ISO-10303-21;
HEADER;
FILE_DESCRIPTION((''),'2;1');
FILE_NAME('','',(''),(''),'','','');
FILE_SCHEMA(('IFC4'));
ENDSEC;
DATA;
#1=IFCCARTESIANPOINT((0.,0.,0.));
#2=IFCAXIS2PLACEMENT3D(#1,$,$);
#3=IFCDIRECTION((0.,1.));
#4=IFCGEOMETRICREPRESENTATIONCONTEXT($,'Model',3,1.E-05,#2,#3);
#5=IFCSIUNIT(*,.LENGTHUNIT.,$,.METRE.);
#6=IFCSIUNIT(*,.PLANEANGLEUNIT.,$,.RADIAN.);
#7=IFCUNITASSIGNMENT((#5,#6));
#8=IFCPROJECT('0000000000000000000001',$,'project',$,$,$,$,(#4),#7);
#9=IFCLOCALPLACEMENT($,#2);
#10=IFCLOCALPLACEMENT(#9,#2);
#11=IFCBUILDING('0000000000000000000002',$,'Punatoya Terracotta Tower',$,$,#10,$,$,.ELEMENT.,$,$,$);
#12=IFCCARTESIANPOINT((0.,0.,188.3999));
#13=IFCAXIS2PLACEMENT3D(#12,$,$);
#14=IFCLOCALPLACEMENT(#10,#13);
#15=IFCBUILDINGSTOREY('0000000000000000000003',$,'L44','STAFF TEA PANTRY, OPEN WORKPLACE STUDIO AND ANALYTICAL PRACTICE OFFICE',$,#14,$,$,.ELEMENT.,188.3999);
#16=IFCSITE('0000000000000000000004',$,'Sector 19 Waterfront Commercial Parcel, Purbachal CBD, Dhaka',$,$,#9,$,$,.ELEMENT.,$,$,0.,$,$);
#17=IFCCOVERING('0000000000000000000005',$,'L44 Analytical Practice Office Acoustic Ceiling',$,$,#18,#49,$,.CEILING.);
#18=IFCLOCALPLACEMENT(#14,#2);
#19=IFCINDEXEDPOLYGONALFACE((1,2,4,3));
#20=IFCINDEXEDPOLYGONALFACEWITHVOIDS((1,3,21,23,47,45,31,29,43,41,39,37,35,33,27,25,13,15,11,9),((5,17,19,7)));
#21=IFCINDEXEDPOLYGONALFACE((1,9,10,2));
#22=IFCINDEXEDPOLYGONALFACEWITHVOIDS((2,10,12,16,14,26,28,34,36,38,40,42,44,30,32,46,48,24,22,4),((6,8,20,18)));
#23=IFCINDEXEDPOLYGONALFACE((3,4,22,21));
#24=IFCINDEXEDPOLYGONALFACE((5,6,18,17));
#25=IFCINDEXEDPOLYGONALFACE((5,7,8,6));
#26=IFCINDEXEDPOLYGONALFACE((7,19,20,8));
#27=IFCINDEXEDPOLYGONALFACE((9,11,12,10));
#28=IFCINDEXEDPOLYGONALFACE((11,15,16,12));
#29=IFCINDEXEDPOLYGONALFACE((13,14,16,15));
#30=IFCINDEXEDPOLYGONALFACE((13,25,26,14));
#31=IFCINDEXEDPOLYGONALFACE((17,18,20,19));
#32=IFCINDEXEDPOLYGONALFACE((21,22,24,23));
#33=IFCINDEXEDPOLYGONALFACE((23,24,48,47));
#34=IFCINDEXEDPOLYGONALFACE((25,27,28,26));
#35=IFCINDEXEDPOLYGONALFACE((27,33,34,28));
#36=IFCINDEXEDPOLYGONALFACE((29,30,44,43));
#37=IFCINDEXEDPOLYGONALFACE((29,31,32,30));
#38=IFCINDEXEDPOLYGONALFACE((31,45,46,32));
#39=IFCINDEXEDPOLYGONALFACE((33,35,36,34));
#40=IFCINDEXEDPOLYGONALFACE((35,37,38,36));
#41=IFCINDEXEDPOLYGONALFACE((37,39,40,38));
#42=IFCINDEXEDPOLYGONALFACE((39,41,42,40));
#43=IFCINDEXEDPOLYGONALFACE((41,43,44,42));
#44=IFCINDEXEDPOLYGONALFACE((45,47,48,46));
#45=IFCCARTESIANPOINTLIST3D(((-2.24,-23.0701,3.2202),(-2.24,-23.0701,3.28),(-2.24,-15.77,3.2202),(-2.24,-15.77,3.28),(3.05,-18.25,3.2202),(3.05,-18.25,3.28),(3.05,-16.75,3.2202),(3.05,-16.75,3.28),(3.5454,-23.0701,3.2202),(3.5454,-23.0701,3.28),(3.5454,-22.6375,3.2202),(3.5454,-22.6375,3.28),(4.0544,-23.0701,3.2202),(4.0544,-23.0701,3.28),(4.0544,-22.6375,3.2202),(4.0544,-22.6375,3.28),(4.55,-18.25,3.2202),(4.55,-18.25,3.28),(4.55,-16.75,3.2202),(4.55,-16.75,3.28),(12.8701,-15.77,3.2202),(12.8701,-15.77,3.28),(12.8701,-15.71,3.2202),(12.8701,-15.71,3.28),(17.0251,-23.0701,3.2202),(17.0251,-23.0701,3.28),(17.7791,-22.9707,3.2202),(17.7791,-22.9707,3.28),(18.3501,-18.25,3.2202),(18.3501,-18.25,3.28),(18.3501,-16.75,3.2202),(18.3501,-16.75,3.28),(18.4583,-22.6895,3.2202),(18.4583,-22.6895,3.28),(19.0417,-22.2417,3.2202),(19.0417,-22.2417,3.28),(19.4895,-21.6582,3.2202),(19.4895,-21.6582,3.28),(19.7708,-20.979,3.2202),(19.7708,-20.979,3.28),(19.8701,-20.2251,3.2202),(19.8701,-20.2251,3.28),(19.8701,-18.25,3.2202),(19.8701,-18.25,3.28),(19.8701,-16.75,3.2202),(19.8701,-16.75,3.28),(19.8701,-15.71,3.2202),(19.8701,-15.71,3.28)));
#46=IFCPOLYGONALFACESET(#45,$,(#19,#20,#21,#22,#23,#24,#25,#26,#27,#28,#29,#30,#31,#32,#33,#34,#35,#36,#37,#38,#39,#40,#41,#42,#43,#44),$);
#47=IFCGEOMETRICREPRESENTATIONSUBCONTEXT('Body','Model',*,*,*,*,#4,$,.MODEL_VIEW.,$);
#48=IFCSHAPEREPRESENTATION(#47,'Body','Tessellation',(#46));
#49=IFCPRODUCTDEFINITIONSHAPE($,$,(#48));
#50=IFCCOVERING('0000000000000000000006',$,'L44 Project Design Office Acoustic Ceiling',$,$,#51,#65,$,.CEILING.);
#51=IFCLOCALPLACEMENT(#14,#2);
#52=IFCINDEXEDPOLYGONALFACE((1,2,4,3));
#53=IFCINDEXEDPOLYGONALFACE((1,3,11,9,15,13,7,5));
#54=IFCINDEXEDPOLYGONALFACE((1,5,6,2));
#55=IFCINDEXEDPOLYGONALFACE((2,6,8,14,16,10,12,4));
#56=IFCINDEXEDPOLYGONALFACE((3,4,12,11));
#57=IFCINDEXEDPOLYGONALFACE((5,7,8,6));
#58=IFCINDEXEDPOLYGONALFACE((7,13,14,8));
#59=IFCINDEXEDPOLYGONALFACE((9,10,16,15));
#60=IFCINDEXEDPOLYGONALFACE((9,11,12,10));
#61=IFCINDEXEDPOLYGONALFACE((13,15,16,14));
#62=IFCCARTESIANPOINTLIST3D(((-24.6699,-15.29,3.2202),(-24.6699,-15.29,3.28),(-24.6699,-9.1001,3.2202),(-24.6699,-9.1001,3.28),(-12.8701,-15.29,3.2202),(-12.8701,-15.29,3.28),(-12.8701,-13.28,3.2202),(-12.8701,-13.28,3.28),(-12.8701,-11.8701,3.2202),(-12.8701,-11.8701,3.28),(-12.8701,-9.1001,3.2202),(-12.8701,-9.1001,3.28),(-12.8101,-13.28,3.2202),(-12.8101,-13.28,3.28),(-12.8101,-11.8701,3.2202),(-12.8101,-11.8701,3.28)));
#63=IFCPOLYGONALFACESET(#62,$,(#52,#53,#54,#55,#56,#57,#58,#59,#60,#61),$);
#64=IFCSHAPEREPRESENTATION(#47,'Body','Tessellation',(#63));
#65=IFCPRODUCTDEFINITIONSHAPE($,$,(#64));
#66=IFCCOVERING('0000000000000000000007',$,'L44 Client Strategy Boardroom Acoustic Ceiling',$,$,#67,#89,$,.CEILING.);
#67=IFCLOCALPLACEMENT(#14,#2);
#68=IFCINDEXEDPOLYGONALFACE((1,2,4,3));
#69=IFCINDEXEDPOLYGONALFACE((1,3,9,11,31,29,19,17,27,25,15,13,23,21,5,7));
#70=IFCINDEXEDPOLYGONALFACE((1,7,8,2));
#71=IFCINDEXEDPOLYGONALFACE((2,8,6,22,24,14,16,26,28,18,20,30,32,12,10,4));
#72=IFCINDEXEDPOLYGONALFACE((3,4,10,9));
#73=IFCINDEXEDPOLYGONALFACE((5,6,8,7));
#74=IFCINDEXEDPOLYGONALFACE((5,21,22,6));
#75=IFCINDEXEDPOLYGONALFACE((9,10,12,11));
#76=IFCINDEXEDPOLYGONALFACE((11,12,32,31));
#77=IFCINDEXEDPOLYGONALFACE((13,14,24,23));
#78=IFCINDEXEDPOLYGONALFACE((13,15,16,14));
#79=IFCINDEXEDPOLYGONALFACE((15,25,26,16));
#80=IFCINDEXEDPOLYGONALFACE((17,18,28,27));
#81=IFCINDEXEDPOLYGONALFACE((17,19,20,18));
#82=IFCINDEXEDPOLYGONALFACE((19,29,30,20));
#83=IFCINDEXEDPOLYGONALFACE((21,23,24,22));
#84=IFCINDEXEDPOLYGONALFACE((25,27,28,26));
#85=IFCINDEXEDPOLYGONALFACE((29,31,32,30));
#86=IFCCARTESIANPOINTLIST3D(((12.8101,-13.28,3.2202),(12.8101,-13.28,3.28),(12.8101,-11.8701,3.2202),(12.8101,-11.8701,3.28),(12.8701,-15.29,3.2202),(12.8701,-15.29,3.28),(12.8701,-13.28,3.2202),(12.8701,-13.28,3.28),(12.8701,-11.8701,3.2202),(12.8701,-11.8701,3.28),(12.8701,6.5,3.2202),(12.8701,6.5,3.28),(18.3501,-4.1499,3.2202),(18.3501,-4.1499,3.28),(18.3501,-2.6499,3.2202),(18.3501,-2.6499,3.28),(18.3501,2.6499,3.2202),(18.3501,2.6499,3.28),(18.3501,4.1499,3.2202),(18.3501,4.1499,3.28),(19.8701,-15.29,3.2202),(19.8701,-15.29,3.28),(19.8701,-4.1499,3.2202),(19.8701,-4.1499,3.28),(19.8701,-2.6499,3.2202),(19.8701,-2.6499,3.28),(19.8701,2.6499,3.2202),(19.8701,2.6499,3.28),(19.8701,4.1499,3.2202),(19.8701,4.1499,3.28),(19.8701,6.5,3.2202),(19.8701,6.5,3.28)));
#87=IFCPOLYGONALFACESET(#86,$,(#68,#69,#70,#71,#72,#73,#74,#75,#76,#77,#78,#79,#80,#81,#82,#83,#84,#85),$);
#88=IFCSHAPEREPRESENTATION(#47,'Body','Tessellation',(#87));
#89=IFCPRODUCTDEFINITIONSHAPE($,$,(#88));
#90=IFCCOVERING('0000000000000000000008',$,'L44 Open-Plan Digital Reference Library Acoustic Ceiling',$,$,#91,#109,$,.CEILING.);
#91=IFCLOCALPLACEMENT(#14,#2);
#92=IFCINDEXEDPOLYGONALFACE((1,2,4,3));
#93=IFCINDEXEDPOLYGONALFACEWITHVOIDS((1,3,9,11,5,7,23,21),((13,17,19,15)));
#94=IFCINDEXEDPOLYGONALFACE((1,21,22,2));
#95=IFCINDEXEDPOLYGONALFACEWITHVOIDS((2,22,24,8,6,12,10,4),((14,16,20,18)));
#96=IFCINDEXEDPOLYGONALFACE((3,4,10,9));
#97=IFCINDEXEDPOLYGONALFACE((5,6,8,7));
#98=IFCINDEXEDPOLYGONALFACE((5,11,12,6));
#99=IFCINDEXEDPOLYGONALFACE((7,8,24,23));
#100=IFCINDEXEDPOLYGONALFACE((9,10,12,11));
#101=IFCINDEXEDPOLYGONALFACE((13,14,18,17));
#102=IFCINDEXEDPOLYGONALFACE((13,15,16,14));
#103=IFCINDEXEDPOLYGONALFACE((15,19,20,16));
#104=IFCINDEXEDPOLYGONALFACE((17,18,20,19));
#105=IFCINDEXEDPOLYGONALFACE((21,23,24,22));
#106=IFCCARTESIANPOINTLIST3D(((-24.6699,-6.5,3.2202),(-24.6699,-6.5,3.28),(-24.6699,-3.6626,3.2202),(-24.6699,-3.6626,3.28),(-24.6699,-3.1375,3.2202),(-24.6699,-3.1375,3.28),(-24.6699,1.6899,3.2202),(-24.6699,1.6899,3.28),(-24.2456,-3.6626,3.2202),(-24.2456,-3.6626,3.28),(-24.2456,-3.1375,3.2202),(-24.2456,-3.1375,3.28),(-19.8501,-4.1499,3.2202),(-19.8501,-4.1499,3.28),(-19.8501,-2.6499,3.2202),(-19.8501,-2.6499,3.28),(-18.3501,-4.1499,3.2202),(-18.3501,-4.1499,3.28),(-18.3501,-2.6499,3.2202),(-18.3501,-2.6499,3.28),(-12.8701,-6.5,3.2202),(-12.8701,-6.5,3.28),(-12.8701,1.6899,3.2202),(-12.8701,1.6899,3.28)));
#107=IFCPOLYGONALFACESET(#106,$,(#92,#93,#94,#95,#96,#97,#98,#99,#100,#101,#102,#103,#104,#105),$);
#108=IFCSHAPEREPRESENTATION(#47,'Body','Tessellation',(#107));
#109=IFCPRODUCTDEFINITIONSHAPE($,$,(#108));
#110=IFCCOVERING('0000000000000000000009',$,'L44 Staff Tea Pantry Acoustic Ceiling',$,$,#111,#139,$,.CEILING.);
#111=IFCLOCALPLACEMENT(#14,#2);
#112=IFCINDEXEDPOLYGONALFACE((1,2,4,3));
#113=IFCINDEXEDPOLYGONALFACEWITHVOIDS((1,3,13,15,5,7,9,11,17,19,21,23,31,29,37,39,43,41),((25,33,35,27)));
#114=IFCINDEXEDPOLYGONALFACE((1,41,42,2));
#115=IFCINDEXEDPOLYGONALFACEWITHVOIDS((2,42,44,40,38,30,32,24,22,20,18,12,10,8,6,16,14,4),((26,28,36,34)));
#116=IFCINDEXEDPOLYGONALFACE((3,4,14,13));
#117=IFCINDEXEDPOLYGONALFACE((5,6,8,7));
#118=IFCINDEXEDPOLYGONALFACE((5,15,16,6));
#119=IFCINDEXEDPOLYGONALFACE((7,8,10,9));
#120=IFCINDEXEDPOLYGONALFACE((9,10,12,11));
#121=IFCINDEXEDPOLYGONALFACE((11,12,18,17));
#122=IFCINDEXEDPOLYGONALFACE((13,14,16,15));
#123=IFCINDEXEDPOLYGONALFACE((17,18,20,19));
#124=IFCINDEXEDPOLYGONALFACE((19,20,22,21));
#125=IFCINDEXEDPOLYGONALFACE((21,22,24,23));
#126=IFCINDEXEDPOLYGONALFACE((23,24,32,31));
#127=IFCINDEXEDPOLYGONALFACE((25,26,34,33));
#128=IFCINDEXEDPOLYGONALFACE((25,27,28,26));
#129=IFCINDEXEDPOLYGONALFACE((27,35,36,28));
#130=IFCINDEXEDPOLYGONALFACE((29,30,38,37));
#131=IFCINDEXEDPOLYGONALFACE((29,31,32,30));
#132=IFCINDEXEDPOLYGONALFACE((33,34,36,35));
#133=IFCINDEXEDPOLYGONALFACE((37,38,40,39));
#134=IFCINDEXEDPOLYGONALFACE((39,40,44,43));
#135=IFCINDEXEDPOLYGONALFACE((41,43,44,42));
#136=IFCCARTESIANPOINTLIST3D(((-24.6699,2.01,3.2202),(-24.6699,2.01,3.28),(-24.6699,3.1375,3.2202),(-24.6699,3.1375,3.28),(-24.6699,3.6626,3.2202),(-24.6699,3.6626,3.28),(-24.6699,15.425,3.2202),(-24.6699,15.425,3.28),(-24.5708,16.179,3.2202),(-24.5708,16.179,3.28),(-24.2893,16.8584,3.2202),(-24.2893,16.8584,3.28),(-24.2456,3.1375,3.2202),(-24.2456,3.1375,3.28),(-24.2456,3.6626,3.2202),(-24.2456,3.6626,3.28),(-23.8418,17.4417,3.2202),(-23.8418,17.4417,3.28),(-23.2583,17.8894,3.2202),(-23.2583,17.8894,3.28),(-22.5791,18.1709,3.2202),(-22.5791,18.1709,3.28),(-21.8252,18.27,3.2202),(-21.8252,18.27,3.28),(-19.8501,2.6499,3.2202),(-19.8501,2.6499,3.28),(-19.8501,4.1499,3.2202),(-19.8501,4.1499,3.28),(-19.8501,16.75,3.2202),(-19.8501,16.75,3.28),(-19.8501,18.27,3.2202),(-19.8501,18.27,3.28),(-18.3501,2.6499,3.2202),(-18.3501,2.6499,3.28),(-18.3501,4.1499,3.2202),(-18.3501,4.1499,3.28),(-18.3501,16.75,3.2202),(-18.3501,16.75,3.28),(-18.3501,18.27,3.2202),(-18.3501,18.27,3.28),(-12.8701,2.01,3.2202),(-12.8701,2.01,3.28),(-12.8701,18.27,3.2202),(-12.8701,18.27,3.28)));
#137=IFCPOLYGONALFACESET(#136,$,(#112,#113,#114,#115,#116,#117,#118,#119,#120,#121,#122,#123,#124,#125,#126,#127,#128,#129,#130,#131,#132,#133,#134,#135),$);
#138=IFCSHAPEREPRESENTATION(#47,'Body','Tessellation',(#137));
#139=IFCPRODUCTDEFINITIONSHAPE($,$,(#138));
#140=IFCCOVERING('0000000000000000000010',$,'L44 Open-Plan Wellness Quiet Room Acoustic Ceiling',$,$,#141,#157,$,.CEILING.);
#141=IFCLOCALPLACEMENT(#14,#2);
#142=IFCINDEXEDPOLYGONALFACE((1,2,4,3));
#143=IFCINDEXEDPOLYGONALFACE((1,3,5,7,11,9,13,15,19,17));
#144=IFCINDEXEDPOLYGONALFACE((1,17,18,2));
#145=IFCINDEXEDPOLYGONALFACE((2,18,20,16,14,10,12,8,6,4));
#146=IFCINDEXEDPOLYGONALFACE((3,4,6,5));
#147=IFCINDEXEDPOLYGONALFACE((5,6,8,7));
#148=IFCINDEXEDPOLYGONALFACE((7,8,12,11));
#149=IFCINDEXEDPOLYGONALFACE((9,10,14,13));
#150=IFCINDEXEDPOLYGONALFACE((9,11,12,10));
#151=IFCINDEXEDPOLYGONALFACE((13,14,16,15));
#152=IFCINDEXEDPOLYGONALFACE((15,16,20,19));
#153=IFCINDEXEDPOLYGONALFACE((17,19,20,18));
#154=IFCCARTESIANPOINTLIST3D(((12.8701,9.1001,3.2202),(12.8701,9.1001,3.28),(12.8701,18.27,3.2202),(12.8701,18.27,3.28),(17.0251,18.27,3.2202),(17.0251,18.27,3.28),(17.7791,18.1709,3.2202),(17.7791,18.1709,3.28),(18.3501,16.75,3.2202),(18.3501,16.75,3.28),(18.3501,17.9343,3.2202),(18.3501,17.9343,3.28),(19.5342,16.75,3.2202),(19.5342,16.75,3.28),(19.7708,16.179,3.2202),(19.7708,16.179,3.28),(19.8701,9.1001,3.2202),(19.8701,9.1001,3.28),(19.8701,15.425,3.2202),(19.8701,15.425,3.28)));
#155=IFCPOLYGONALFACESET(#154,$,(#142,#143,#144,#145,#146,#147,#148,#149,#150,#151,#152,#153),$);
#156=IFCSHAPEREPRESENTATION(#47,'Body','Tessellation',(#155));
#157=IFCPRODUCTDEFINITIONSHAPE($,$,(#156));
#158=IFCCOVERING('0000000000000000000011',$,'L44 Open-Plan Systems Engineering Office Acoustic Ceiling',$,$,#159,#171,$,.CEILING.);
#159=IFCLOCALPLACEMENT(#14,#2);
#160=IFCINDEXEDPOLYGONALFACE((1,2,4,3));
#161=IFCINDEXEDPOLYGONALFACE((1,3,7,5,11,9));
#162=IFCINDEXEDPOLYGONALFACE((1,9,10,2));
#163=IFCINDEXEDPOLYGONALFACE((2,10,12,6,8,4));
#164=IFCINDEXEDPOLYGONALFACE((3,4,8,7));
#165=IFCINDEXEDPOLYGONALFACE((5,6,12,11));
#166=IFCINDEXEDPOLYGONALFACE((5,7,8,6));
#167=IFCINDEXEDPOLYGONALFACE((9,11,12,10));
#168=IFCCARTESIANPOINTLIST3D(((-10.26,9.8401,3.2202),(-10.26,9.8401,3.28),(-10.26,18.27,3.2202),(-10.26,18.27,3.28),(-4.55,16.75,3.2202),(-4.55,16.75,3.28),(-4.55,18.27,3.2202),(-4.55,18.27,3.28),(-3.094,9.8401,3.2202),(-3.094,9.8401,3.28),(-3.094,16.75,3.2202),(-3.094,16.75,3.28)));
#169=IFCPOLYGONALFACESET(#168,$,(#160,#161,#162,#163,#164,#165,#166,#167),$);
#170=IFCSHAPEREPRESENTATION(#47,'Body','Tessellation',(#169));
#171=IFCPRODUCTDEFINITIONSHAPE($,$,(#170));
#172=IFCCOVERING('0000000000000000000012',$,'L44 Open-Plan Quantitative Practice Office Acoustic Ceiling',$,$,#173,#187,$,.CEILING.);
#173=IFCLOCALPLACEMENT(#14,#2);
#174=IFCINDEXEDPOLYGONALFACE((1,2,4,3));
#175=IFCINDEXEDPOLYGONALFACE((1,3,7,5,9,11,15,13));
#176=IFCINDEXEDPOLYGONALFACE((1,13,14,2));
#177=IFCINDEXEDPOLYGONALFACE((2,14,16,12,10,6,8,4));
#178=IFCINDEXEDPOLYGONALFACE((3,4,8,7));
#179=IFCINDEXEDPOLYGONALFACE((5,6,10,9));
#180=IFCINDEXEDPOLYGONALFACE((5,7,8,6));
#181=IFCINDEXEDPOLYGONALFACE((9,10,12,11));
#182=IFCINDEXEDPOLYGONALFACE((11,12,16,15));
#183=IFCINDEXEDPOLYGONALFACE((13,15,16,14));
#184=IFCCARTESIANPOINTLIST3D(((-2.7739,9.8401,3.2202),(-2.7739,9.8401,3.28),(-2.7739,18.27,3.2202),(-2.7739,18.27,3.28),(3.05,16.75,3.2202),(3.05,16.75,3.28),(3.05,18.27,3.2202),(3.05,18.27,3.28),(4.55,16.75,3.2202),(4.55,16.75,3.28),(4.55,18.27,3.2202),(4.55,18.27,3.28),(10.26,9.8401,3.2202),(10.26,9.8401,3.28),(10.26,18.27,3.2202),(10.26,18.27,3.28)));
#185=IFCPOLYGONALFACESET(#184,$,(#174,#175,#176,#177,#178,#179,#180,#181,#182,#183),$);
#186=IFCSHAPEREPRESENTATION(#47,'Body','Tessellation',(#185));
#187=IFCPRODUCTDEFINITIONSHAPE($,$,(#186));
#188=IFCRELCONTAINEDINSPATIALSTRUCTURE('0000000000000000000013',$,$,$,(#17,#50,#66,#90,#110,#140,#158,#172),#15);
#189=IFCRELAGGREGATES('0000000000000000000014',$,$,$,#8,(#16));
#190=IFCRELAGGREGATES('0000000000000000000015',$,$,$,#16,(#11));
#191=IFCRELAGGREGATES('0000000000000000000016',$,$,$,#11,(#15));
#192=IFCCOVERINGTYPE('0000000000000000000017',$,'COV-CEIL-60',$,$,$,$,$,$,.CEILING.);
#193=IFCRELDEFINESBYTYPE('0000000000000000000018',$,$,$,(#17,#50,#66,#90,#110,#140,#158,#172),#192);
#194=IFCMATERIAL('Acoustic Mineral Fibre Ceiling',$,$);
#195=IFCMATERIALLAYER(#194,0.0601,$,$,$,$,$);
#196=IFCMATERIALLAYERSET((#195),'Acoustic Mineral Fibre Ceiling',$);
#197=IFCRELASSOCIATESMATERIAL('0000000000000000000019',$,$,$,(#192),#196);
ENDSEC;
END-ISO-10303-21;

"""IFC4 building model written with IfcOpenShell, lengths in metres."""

from ifc_helpers import new_model, si_unit, direction, frame, origin, place, context, subcontext, project, spatial, polyline, outline, extrude, material, layer, layer_set, type_object, element, save


model = new_model("IFC4")

# Units and contexts
model_context = context("Model", 3, precision=1e-05, world=origin(), true_north=direction((0.0, 1.0)))
body_context = subcontext(model_context, "Body", "Model", "MODEL_VIEW")
ifc_project = project(units=[si_unit("LENGTHUNIT", "METRE"), si_unit("PLANEANGLEUNIT", "RADIAN")], contexts=[model_context])

# Site, building, storey
site_placement = place(None, origin())
site = spatial("IfcSite", under=ifc_project, at=site_placement, Name="Sector 19 Waterfront Commercial Parcel, Purbachal CBD, Dhaka", CompositionType="ELEMENT", RefElevation=0.0)
building_placement = place(site_placement, origin())
building = spatial("IfcBuilding", under=site, at=building_placement, Name="Punatoya Terracotta Tower", CompositionType="ELEMENT")
storey_placement = place(building_placement, frame((0.0, 0.0, 188.3999)))
storey = spatial("IfcBuildingStorey", under=building, at=storey_placement, Name="L44", Description="STAFF TEA PANTRY, OPEN WORKPLACE STUDIO AND ANALYTICAL PRACTICE OFFICE", CompositionType="ELEMENT", Elevation=188.3999)

# Coverings
ifc_material_1 = material(Name="Acoustic Mineral Fibre Ceiling")
ifc_layer_1 = layer(ifc_material_1, 0.0601)
ifc_layer_set_1 = layer_set([ifc_layer_1], Name="Acoustic Mineral Fibre Ceiling")
covering_type = type_object("IfcCoveringType", Name="COV-CEIL-60", PredefinedType="CEILING", material=ifc_layer_set_1)
covering_1_placement = place(storey_placement, frame((0.0, 0.0, 3.2202)))
element("IfcCovering", 1, at=covering_1_placement, inside=storey, type_object=covering_type, Name="L44 Analytical Practice Office Acoustic Ceiling", PredefinedType="CEILING", context=body_context, shape_type="SweptSolid", body=[
    extrude(outline(polyline([(12.8701, -15.77), (-2.24, -15.77), (-2.24, -23.0701), (3.5454, -23.0701), (3.5454, -22.6375), (4.0544, -22.6375), (4.0544, -23.0701), (17.0251, -23.0701), (17.7791, -22.9707), (18.4583, -22.6895), (19.0417, -22.2417), (19.4895, -21.6582), (19.7708, -20.979), (19.8701, -20.2251), (19.8701, -18.25), (18.3501, -18.25), (18.3501, -16.75), (19.8701, -16.75), (19.8701, -15.71), (12.8701, -15.71), (12.8701, -15.77)]), holes=[polyline([(4.55, -16.75), (4.55, -18.25), (3.05, -18.25), (3.05, -16.75), (4.55, -16.75)])]), origin(), (0.0, 0.0, 1.0), 0.0598),
])
covering_2_placement = place(storey_placement, frame((0.0, 0.0, 3.2202)))
element("IfcCovering", 2, at=covering_2_placement, inside=storey, type_object=covering_type, Name="L44 Project Design Office Acoustic Ceiling", PredefinedType="CEILING", context=body_context, shape_type="SweptSolid", body=[
    extrude(outline(polyline([(-12.8701, -13.28), (-12.8101, -13.28), (-12.8101, -11.8701), (-12.8701, -11.8701), (-12.8701, -9.1001), (-24.6699, -9.1001), (-24.6699, -15.29), (-12.8701, -15.29), (-12.8701, -13.28)])), origin(), (0.0, 0.0, 1.0), 0.0598),
])
covering_3_placement = place(storey_placement, frame((0.0, 0.0, 3.2202)))
element("IfcCovering", 3, at=covering_3_placement, inside=storey, type_object=covering_type, Name="L44 Client Strategy Boardroom Acoustic Ceiling", PredefinedType="CEILING", context=body_context, shape_type="SweptSolid", body=[
    extrude(outline(polyline([(12.8101, -13.28), (12.8701, -13.28), (12.8701, -15.29), (19.8701, -15.29), (19.8701, -4.1499), (18.3501, -4.1499), (18.3501, -2.6499), (19.8701, -2.6499), (19.8701, 2.6499), (18.3501, 2.6499), (18.3501, 4.1499), (19.8701, 4.1499), (19.8701, 6.5), (12.8701, 6.5), (12.8701, -11.8701), (12.8101, -11.8701), (12.8101, -13.28)])), origin(), (0.0, 0.0, 1.0), 0.0598),
])
covering_4_placement = place(storey_placement, frame((0.0, 0.0, 3.2202)))
element("IfcCovering", 4, at=covering_4_placement, inside=storey, type_object=covering_type, Name="L44 Open-Plan Digital Reference Library Acoustic Ceiling", PredefinedType="CEILING", context=body_context, shape_type="SweptSolid", body=[
    extrude(outline(polyline([(-24.2456, -3.1375), (-24.2456, -3.6626), (-24.6699, -3.6626), (-24.6699, -6.5), (-12.8701, -6.5), (-12.8701, 1.6899), (-24.6699, 1.6899), (-24.6699, -3.1375), (-24.2456, -3.1375)]), holes=[polyline([(-18.3501, -4.1499), (-19.8501, -4.1499), (-19.8501, -2.6499), (-18.3501, -2.6499), (-18.3501, -4.1499)])]), origin(), (0.0, 0.0, 1.0), 0.0598),
])
covering_5_placement = place(storey_placement, frame((0.0, 0.0, 3.2202)))
element("IfcCovering", 5, at=covering_5_placement, inside=storey, type_object=covering_type, Name="L44 Staff Tea Pantry Acoustic Ceiling", PredefinedType="CEILING", context=body_context, shape_type="SweptSolid", body=[
    extrude(outline(polyline([(-24.2456, 3.1375), (-24.6699, 3.1375), (-24.6699, 2.01), (-12.8701, 2.01), (-12.8701, 18.27), (-18.3501, 18.27), (-18.3501, 16.75), (-19.8501, 16.75), (-19.8501, 18.27), (-21.8252, 18.27), (-22.5791, 18.1709), (-23.2583, 17.8894), (-23.8418, 17.4417), (-24.2893, 16.8584), (-24.5708, 16.179), (-24.6699, 15.425), (-24.6699, 3.6626), (-24.2456, 3.6626), (-24.2456, 3.1375)]), holes=[polyline([(-18.3501, 4.1499), (-18.3501, 2.6499), (-19.8501, 2.6499), (-19.8501, 4.1499), (-18.3501, 4.1499)])]), origin(), (0.0, 0.0, 1.0), 0.0598),
])
covering_6_placement = place(storey_placement, frame((0.0, 0.0, 3.2202)))
element("IfcCovering", 6, at=covering_6_placement, inside=storey, type_object=covering_type, Name="L44 Open-Plan Wellness Quiet Room Acoustic Ceiling", PredefinedType="CEILING", context=body_context, shape_type="SweptSolid", body=[
    extrude(outline(polyline([(17.7791, 18.1709), (17.0251, 18.27), (12.8701, 18.27), (12.8701, 9.1001), (19.8701, 9.1001), (19.8701, 15.425), (19.7708, 16.179), (19.5342, 16.75), (18.3501, 16.75), (18.3501, 17.9343), (17.7791, 18.1709)])), origin(), (0.0, 0.0, 1.0), 0.0598),
])
covering_7_placement = place(storey_placement, frame((0.0, 0.0, 3.2202)))
element("IfcCovering", 7, at=covering_7_placement, inside=storey, type_object=covering_type, Name="L44 Open-Plan Systems Engineering Office Acoustic Ceiling", PredefinedType="CEILING", context=body_context, shape_type="SweptSolid", body=[
    extrude(outline(polyline([(-4.55, 16.75), (-4.55, 18.27), (-10.26, 18.27), (-10.26, 9.8401), (-3.094, 9.8401), (-3.094, 16.75), (-4.55, 16.75)])), origin(), (0.0, 0.0, 1.0), 0.0598),
])
covering_8_placement = place(storey_placement, frame((0.0, 0.0, 3.2202)))
element("IfcCovering", 8, at=covering_8_placement, inside=storey, type_object=covering_type, Name="L44 Open-Plan Quantitative Practice Office Acoustic Ceiling", PredefinedType="CEILING", context=body_context, shape_type="SweptSolid", body=[
    extrude(outline(polyline([(3.05, 18.27), (-2.7739, 18.27), (-2.7739, 9.8401), (10.26, 9.8401), (10.26, 18.27), (4.55, 18.27), (4.55, 16.75), (3.05, 16.75), (3.05, 18.27)])), origin(), (0.0, 0.0, 1.0), 0.0598),
])

save(model, "model.ifc")
